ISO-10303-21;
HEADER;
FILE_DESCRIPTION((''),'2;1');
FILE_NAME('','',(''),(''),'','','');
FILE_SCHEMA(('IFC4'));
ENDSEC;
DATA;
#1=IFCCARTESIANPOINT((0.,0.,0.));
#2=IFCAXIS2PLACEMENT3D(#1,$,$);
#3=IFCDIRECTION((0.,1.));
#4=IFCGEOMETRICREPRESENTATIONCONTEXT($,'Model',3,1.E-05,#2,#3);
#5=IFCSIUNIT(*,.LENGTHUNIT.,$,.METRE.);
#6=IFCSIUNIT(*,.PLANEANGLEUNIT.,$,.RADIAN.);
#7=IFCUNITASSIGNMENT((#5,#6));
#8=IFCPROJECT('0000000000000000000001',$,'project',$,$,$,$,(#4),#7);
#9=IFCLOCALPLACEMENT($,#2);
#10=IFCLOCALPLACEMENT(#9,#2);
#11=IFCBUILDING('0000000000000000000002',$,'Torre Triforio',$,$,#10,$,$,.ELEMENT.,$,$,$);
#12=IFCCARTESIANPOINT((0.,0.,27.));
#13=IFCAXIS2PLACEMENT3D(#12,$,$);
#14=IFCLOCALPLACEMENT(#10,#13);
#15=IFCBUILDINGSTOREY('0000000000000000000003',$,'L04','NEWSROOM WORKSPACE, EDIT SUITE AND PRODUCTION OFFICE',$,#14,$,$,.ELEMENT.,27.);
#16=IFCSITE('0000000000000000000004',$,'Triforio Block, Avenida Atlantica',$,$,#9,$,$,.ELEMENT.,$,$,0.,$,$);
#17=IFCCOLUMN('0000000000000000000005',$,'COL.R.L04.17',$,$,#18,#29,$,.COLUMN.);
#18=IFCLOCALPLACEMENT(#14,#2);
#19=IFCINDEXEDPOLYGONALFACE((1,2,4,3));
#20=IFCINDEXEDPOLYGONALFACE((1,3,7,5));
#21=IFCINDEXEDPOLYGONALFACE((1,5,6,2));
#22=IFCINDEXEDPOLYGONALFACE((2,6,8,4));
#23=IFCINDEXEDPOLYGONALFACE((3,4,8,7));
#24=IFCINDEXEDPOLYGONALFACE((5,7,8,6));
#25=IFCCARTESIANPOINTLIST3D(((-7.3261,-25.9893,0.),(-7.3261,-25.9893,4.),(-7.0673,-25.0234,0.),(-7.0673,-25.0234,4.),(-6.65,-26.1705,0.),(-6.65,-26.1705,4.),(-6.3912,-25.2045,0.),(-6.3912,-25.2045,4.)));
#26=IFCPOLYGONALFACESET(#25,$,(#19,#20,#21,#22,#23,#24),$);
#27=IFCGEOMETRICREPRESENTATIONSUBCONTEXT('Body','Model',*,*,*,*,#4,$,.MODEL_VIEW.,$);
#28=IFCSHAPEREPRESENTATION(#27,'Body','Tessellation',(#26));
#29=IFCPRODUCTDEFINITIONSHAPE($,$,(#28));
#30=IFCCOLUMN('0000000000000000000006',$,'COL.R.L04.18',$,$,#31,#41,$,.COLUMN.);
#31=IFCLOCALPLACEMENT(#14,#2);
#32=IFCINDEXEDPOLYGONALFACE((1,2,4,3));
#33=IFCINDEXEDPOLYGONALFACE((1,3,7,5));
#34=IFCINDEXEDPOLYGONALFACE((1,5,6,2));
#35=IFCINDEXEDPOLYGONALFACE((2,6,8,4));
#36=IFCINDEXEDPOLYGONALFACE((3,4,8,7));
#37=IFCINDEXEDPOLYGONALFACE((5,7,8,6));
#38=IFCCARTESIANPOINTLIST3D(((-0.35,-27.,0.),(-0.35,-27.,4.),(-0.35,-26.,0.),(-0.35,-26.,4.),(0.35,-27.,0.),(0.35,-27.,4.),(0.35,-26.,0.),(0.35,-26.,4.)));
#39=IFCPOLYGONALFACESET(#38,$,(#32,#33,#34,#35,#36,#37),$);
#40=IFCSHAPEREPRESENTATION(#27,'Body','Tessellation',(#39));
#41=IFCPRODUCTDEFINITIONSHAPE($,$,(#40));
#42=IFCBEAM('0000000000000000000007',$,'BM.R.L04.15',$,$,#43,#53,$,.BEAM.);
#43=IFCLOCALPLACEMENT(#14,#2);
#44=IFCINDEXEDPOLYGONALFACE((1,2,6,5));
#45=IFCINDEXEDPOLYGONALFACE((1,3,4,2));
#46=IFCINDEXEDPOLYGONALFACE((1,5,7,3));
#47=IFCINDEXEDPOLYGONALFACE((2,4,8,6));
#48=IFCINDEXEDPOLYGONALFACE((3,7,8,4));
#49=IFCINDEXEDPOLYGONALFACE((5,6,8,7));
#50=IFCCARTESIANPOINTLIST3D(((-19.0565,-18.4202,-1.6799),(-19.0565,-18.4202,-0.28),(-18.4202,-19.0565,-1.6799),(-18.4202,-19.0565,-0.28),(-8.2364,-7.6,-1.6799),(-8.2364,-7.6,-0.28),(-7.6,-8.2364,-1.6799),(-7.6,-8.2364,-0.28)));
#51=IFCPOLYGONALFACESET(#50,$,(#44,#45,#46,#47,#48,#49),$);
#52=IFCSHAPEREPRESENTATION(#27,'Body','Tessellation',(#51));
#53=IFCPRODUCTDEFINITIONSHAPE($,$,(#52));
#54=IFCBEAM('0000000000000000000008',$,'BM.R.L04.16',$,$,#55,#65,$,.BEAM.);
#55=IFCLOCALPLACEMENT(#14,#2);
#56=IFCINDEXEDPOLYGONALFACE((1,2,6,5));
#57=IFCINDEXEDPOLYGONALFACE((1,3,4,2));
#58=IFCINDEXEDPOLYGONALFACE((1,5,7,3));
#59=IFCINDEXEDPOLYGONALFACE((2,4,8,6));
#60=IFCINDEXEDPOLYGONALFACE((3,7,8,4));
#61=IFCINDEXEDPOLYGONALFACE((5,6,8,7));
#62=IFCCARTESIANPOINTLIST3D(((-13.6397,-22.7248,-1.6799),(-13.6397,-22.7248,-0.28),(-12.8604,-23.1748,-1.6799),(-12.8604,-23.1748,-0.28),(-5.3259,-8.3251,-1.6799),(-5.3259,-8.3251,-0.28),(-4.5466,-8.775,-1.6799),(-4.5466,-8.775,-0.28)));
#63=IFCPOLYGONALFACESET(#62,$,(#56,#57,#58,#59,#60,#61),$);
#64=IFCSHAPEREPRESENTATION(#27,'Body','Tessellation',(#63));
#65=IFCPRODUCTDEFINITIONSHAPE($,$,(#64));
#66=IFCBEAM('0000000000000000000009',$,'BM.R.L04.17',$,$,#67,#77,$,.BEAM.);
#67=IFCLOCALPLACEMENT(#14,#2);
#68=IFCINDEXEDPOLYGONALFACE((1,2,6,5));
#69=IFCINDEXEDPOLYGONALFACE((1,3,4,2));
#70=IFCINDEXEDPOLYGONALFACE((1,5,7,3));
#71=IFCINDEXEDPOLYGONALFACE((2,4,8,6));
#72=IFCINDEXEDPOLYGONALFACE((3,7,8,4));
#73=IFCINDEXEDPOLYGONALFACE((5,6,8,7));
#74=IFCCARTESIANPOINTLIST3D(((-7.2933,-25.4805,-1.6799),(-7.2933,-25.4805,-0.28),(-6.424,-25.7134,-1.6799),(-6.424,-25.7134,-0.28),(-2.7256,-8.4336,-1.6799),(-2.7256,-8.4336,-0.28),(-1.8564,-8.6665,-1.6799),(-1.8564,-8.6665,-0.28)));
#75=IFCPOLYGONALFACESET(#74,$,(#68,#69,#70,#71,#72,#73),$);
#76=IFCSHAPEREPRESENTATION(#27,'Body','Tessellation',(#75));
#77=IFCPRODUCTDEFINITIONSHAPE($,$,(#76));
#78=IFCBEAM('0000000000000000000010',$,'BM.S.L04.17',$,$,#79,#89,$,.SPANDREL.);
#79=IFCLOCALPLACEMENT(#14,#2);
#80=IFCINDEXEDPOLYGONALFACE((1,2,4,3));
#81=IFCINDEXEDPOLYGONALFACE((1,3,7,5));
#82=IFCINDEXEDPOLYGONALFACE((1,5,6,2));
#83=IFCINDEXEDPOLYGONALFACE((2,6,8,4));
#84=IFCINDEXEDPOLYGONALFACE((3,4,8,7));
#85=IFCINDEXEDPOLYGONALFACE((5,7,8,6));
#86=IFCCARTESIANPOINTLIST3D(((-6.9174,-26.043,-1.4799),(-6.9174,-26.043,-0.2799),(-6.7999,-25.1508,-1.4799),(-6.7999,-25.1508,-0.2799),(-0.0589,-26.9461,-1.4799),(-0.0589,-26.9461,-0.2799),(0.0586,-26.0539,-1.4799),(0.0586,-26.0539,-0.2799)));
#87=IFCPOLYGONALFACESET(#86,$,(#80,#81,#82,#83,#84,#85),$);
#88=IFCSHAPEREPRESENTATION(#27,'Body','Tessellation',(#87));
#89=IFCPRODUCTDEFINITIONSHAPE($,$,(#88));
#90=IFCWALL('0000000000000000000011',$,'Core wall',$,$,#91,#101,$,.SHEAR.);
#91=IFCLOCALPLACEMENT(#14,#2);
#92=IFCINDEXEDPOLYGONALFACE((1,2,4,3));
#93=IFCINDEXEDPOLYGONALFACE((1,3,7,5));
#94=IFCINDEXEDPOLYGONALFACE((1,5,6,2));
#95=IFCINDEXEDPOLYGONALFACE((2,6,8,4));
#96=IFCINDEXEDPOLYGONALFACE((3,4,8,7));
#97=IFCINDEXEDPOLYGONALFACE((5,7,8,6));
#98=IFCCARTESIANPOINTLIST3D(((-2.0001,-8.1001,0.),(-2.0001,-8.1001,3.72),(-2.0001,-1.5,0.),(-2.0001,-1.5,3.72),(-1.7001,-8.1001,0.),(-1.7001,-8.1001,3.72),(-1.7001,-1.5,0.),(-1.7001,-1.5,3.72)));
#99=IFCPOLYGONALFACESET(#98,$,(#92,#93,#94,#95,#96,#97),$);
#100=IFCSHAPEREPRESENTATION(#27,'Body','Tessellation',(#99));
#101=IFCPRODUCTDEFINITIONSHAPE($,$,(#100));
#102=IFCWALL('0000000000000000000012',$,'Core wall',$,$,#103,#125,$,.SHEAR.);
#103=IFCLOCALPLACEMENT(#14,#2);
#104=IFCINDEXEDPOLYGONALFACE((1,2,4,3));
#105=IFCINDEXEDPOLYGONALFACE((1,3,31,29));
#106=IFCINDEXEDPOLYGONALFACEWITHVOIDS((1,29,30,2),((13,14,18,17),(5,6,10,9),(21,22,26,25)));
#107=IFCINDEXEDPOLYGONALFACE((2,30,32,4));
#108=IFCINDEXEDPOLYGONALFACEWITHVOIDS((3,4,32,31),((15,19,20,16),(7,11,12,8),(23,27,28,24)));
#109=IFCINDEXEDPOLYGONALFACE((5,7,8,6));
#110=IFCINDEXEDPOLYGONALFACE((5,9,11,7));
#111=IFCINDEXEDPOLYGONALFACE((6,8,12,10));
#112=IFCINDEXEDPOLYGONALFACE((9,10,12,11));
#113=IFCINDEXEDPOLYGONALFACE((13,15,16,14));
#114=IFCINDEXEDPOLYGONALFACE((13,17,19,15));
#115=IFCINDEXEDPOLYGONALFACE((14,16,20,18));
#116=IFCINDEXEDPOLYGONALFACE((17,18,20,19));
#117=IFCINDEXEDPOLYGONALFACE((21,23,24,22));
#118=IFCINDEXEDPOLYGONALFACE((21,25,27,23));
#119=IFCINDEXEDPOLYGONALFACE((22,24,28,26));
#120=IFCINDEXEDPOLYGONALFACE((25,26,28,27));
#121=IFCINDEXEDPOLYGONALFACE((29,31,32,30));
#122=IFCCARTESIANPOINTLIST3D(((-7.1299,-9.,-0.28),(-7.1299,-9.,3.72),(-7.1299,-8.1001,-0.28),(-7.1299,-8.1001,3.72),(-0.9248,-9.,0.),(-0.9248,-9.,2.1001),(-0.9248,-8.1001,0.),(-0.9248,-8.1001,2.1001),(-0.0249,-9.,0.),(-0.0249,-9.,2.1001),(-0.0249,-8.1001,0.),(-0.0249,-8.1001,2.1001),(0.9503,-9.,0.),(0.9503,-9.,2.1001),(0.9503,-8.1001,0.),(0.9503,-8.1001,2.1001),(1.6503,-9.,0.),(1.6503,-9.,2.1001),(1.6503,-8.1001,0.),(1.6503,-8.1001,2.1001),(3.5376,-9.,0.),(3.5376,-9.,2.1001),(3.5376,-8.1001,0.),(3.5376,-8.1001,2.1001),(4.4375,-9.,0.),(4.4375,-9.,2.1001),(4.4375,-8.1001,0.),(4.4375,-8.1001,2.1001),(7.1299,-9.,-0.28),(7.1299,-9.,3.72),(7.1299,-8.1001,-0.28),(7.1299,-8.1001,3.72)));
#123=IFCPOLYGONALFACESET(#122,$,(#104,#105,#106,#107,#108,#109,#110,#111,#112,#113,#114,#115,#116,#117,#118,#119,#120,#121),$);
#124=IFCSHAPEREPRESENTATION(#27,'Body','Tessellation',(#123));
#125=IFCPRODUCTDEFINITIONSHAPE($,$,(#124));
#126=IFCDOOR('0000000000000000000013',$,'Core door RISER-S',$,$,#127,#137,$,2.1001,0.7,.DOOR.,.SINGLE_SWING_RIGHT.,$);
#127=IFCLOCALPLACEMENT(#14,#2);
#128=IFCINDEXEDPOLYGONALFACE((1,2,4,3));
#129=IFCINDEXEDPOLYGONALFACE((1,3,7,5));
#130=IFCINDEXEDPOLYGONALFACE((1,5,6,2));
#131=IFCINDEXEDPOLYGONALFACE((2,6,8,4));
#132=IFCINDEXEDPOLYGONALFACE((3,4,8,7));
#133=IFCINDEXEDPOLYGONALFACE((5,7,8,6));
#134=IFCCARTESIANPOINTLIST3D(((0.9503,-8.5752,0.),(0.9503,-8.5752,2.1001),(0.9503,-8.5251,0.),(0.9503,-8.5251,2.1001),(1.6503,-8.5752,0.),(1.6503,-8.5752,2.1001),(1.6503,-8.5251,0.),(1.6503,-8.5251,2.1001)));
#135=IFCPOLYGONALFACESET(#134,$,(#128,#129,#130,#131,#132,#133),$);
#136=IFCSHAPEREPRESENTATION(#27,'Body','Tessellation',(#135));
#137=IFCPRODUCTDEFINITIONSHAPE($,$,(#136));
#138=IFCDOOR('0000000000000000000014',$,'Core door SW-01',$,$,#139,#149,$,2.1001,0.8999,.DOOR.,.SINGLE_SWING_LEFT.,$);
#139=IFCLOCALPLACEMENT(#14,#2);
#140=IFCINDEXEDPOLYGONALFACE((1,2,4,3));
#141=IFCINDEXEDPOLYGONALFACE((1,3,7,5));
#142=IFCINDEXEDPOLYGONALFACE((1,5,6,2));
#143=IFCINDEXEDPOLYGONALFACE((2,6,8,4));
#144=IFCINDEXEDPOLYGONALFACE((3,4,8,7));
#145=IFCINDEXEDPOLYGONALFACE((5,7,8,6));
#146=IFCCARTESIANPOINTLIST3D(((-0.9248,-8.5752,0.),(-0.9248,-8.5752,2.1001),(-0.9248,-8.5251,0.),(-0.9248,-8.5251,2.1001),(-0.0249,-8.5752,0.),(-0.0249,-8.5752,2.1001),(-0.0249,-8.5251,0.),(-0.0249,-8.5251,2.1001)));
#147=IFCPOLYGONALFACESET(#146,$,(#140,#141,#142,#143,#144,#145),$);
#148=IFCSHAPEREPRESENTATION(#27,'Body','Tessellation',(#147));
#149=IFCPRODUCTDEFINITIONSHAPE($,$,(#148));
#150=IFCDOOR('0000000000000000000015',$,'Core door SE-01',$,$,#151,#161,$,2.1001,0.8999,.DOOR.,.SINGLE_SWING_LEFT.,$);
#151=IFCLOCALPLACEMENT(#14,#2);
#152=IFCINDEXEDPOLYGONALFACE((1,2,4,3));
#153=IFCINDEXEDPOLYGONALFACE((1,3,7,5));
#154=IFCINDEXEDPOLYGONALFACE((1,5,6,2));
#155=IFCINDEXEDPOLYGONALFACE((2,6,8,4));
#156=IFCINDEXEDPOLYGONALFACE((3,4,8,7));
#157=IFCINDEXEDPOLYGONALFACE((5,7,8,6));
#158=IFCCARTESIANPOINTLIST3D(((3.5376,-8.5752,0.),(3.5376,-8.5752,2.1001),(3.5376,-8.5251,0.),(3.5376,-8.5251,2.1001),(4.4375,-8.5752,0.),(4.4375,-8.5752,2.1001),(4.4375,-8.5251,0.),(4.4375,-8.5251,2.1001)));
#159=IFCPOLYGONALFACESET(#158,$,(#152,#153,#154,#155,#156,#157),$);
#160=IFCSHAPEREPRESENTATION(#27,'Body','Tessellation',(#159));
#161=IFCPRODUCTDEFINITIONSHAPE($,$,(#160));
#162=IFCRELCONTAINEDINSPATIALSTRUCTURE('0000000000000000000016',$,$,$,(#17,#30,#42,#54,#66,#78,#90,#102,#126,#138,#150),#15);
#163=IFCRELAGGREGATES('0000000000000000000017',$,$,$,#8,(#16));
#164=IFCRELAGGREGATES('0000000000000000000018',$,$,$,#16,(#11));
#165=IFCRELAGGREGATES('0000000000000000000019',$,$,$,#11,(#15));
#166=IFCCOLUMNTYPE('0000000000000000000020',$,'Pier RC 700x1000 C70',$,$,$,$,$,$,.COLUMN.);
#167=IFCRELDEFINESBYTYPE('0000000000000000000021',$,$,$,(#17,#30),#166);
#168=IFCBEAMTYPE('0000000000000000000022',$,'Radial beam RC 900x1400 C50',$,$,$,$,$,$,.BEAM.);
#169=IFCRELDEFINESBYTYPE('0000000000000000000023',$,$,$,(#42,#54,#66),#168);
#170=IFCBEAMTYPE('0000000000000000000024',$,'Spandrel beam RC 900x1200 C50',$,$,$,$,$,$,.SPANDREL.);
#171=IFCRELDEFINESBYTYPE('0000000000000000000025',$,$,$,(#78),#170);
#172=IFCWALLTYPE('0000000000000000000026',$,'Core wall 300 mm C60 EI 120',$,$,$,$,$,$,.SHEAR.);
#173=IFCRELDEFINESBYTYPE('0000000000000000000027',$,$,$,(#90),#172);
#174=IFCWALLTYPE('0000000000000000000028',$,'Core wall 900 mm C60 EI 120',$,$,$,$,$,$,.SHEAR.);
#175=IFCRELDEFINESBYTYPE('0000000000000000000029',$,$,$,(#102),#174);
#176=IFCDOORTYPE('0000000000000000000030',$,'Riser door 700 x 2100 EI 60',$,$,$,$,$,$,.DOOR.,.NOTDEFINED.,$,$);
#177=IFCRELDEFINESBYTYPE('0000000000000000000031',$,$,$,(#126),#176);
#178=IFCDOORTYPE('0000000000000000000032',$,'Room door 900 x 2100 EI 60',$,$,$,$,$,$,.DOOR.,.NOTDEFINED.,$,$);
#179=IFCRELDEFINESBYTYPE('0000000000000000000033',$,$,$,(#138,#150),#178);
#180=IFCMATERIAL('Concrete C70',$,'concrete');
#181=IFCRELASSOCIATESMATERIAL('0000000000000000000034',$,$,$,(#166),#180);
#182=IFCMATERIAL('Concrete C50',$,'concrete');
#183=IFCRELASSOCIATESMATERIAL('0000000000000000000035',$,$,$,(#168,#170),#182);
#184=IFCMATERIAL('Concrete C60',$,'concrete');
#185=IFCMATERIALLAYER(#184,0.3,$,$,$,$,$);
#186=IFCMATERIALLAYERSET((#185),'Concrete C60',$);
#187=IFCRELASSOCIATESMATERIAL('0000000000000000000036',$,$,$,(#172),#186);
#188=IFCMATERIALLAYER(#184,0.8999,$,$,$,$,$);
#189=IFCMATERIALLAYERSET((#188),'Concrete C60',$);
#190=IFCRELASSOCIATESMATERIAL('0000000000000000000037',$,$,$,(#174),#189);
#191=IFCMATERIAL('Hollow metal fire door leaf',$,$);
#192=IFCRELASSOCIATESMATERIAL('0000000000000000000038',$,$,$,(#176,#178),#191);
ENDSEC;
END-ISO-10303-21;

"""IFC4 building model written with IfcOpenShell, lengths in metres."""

from ifc_helpers import new_model, si_unit, direction, frame, frame_2d, origin, origin_2d, place, context, subcontext, project, spatial, rectangle, extrude, material, layer, layer_set, material_profile, profile_set, type_object, element, fill, save


model = new_model("IFC4")

# Units and contexts
model_context = context("Model", 3, precision=1e-05, world=origin(), true_north=direction((0.0, 1.0)))
body_context = subcontext(model_context, "Body", "Model", "MODEL_VIEW")
ifc_project = project(units=[si_unit("LENGTHUNIT", "METRE"), si_unit("PLANEANGLEUNIT", "RADIAN")], contexts=[model_context])

# Site, building, storey
site_placement = place(None, origin())
site = spatial("IfcSite", under=ifc_project, at=site_placement, Name="Triforio Block, Avenida Atlantica", CompositionType="ELEMENT", RefElevation=0.0)
building_placement = place(site_placement, origin())
building = spatial("IfcBuilding", under=site, at=building_placement, Name="Torre Triforio", CompositionType="ELEMENT")
storey_placement = place(building_placement, frame((0.0, 0.0, 27.0)))
storey = spatial("IfcBuildingStorey", under=building, at=storey_placement, Name="L04", Description="NEWSROOM WORKSPACE, EDIT SUITE AND PRODUCTION OFFICE", CompositionType="ELEMENT", Elevation=27.0)

# Columns
ifc_material_1 = material(Name="Concrete C70", Category="concrete")
ifc_material_profile_1 = material_profile(ifc_material_1, rectangle(XDim=0.7, YDim=1.0, at=origin_2d()), Name="RC 700x1000")
ifc_profile_set_1 = profile_set([ifc_material_profile_1], Name="Concrete C70")
column_type = type_object("IfcColumnType", Name="Pier RC 700x1000 C70", PredefinedType="COLUMN", material=ifc_profile_set_1)
for number, where, z_axis, x_axis, name in (
    (1, (-6.8586, -25.5969, 0.0), (0.0, 0.0, 1.0), (0.965926, -0.258819, 0.0), "COL.R.L04.17"),
    (2, (0.0, -26.5, 0.0), (0.0, 0.0, 1.0), (1.0, 0.0, 0.0), "COL.R.L04.18"),
):
    element("IfcColumn", number, at=place(storey_placement, frame(where, z_axis=z_axis, x_axis=x_axis)), inside=storey, type_object=column_type, Name=name, PredefinedType="COLUMN", context=body_context, shape_type="SweptSolid", body=[
        extrude(rectangle(XDim=0.7, YDim=1.0, at=origin_2d()), origin(), (0.0, 0.0, 1.0), 4.0),
    ])

# Beams
ifc_material_2 = material(Name="Concrete C50", Category="concrete")
ifc_material_profile_2 = material_profile(ifc_material_2, rectangle(XDim=0.8999, YDim=1.3999, at=origin_2d()), Name="RC 900x1400")
ifc_profile_set_2 = profile_set([ifc_material_profile_2], Name="Concrete C50")
beam_type_1 = type_object("IfcBeamType", Name="Radial beam RC 900x1400 C50", PredefinedType="BEAM", material=ifc_profile_set_2)
beam_1_placement = place(storey_placement, frame((-7.9182, -7.9182, -0.98), z_axis=(-0.707107, -0.707107, 0.0), x_axis=(0.707107, -0.707107, 0.0)))
element("IfcBeam", 3, at=beam_1_placement, inside=storey, type_object=beam_type_1, Name="BM.R.L04.15", PredefinedType="BEAM", context=body_context, shape_type="SweptSolid", body=[
    extrude(rectangle(XDim=0.8999, YDim=1.3999, at=origin_2d()), origin(), (0.0, 0.0, 1.0), 15.302),
])
beam_2_placement = place(storey_placement, frame((-4.9363, -8.55, -0.98), z_axis=(-0.500003, -0.866023, 0.0), x_axis=(0.866023, -0.500003, 0.0)))
element("IfcBeam", 4, at=beam_2_placement, inside=storey, type_object=beam_type_1, Name="BM.R.L04.16", PredefinedType="BEAM", context=body_context, shape_type="SweptSolid", body=[
    extrude(rectangle(XDim=0.8999, YDim=1.3999, at=origin_2d()), origin(), (0.0, 0.0, 1.0), 16.6274),
])
beam_3_placement = place(storey_placement, frame((-2.291, -8.55, -0.98), z_axis=(-0.258815, -0.965927, 0.0), x_axis=(0.965927, -0.258815, 0.0)))
element("IfcBeam", 5, at=beam_3_placement, inside=storey, type_object=beam_type_1, Name="BM.R.L04.17", PredefinedType="BEAM", context=body_context, shape_type="SweptSolid", body=[
    extrude(rectangle(XDim=0.8999, YDim=1.3999, at=origin_2d()), origin(), (0.0, 0.0, 1.0), 17.6482),
])
ifc_material_profile_3 = material_profile(ifc_material_2, rectangle(XDim=0.8999, YDim=1.2, at=origin_2d()), Name="RC 900x1200")
ifc_profile_set_3 = profile_set([ifc_material_profile_3], Name="Concrete C50")
beam_type_2 = type_object("IfcBeamType", Name="Spandrel beam RC 900x1200 C50", PredefinedType="SPANDREL", material=ifc_profile_set_3)
beam_4_placement = place(storey_placement, frame((-6.8586, -25.5969, -0.8799), z_axis=(0.991443, -0.130543, 0.0), x_axis=(0.130543, 0.991443, 0.0)))
element("IfcBeam", 6, at=beam_4_placement, inside=storey, type_object=beam_type_2, Name="BM.S.L04.17", PredefinedType="SPANDREL", context=body_context, shape_type="SweptSolid", body=[
    extrude(rectangle(XDim=0.8999, YDim=1.2, at=origin_2d()), origin(), (0.0, 0.0, 1.0), 6.9177),
])

# Wall
ifc_material_3 = material(Name="Concrete C60", Category="concrete")
ifc_layer_1 = layer(ifc_material_3, 0.3)
ifc_layer_set_1 = layer_set([ifc_layer_1], Name="Concrete C60")
wall_type_1 = type_object("IfcWallType", Name="Core wall 300 mm C60 EI 120", PredefinedType="SHEAR", material=ifc_layer_set_1)
wall_1_placement = place(storey_placement, frame((-1.8501, -8.1001, 0.0), z_axis=(0.0, 0.0, 1.0), x_axis=(0.0, 1.0, 0.0)))
element("IfcWall", 7, at=wall_1_placement, inside=storey, type_object=wall_type_1, Name="Core wall", PredefinedType="SHEAR", context=body_context, shape_type="SweptSolid", body=[
    extrude(rectangle(XDim=6.6001, YDim=0.3, at=frame_2d((3.3, 0.0))), origin(), (0.0, 0.0, 1.0), 3.72),
])

# Wall, openings, doors
ifc_layer_2 = layer(ifc_material_3, 0.8999)
ifc_layer_set_2 = layer_set([ifc_layer_2], Name="Concrete C60")
wall_type_2 = type_object("IfcWallType", Name="Core wall 900 mm C60 EI 120", PredefinedType="SHEAR", material=ifc_layer_set_2)
wall_2_placement = place(storey_placement, frame((-7.1299, -8.55, -0.28), z_axis=(0.0, 0.0, 1.0), x_axis=(1.0, 0.0, 0.0)))
wall_2 = element("IfcWall", 8, at=wall_2_placement, inside=storey, type_object=wall_type_2, Name="Core wall", PredefinedType="SHEAR", context=body_context, shape_type="SweptSolid", body=[
    extrude(rectangle(XDim=14.2598, YDim=0.8999, at=frame_2d((7.1299, 0.0))), origin(), (0.0, 0.0, 1.0), 4.0),
])
opening_1_placement = place(wall_2_placement, frame((8.0801, 0.0, 0.28)))
opening_1 = element("IfcOpeningElement", 9, at=opening_1_placement, cuts=wall_2, PredefinedType="OPENING", context=body_context, shape_type="SweptSolid", body=[
    extrude(rectangle(XDim=0.7, YDim=2.1001, at=frame_2d((0.3501, 1.05))), frame((0.0, 0.46, 0.0), z_axis=(0.0, -1.0, 0.0), x_axis=(1.0, 0.0, 0.0)), (0.0, 0.0, 1.0), 0.9199),
])
opening_2_placement = place(wall_2_placement, frame((6.2051, 0.0, 0.28)))
opening_2 = element("IfcOpeningElement", 10, at=opening_2_placement, cuts=wall_2, PredefinedType="OPENING", context=body_context, shape_type="SweptSolid", body=[
    extrude(rectangle(XDim=0.8999, YDim=2.1001, at=frame_2d((0.45, 1.05))), frame((0.0, 0.46, 0.0), z_axis=(0.0, -1.0, 0.0), x_axis=(1.0, 0.0, 0.0)), (0.0, 0.0, 1.0), 0.9199),
])
opening_3_placement = place(wall_2_placement, frame((10.6675, 0.0, 0.28)))
opening_3 = element("IfcOpeningElement", 11, at=opening_3_placement, cuts=wall_2, PredefinedType="OPENING", context=body_context, shape_type="SweptSolid", body=[
    extrude(rectangle(XDim=0.8999, YDim=2.1001, at=frame_2d((0.45, 1.05))), frame((0.0, 0.46, 0.0), z_axis=(0.0, -1.0, 0.0), x_axis=(1.0, 0.0, 0.0)), (0.0, 0.0, 1.0), 0.9199),
])
ifc_material_4 = material(Name="Hollow metal fire door leaf")
door_type_1 = type_object("IfcDoorType", Name="Riser door 700 x 2100 EI 60", OperationType="NOTDEFINED", PredefinedType="DOOR", material=ifc_material_4)
door_1_placement = place(opening_1_placement, origin())
door_1 = element("IfcDoor", 12, at=door_1_placement, inside=storey, type_object=door_type_1, Name="Core door RISER-S", OperationType="SINGLE_SWING_RIGHT", OverallHeight=2.1001, OverallWidth=0.7, PredefinedType="DOOR", context=body_context, shape_type="SweptSolid", body=[
    extrude(rectangle(XDim=0.7, YDim=2.1001, at=frame_2d((0.3501, 1.05))), frame((0.0, 0.0249, 0.0), z_axis=(0.0, -1.0, 0.0), x_axis=(1.0, 0.0, 0.0)), (0.0, 0.0, 1.0), 0.05),
])
fill(opening_1, door_1)
door_type_2 = type_object("IfcDoorType", Name="Room door 900 x 2100 EI 60", OperationType="NOTDEFINED", PredefinedType="DOOR", material=ifc_material_4)
door_2_placement = place(opening_2_placement, origin())
door_2 = element("IfcDoor", 13, at=door_2_placement, inside=storey, type_object=door_type_2, Name="Core door SW-01", OperationType="SINGLE_SWING_LEFT", OverallHeight=2.1001, OverallWidth=0.8999, PredefinedType="DOOR", context=body_context, shape_type="SweptSolid", body=[
    extrude(rectangle(XDim=0.8999, YDim=2.1001, at=frame_2d((0.45, 1.05))), frame((0.0, 0.0249, 0.0), z_axis=(0.0, -1.0, 0.0), x_axis=(1.0, 0.0, 0.0)), (0.0, 0.0, 1.0), 0.05),
])
fill(opening_2, door_2)
door_3_placement = place(opening_3_placement, origin())
door_3 = element("IfcDoor", 14, at=door_3_placement, inside=storey, type_object=door_type_2, Name="Core door SE-01", OperationType="SINGLE_SWING_LEFT", OverallHeight=2.1001, OverallWidth=0.8999, PredefinedType="DOOR", context=body_context, shape_type="SweptSolid", body=[
    extrude(rectangle(XDim=0.8999, YDim=2.1001, at=frame_2d((0.45, 1.05))), frame((0.0, 0.0249, 0.0), z_axis=(0.0, -1.0, 0.0), x_axis=(1.0, 0.0, 0.0)), (0.0, 0.0, 1.0), 0.05),
])
fill(opening_3, door_3)

save(model, "model.ifc")
